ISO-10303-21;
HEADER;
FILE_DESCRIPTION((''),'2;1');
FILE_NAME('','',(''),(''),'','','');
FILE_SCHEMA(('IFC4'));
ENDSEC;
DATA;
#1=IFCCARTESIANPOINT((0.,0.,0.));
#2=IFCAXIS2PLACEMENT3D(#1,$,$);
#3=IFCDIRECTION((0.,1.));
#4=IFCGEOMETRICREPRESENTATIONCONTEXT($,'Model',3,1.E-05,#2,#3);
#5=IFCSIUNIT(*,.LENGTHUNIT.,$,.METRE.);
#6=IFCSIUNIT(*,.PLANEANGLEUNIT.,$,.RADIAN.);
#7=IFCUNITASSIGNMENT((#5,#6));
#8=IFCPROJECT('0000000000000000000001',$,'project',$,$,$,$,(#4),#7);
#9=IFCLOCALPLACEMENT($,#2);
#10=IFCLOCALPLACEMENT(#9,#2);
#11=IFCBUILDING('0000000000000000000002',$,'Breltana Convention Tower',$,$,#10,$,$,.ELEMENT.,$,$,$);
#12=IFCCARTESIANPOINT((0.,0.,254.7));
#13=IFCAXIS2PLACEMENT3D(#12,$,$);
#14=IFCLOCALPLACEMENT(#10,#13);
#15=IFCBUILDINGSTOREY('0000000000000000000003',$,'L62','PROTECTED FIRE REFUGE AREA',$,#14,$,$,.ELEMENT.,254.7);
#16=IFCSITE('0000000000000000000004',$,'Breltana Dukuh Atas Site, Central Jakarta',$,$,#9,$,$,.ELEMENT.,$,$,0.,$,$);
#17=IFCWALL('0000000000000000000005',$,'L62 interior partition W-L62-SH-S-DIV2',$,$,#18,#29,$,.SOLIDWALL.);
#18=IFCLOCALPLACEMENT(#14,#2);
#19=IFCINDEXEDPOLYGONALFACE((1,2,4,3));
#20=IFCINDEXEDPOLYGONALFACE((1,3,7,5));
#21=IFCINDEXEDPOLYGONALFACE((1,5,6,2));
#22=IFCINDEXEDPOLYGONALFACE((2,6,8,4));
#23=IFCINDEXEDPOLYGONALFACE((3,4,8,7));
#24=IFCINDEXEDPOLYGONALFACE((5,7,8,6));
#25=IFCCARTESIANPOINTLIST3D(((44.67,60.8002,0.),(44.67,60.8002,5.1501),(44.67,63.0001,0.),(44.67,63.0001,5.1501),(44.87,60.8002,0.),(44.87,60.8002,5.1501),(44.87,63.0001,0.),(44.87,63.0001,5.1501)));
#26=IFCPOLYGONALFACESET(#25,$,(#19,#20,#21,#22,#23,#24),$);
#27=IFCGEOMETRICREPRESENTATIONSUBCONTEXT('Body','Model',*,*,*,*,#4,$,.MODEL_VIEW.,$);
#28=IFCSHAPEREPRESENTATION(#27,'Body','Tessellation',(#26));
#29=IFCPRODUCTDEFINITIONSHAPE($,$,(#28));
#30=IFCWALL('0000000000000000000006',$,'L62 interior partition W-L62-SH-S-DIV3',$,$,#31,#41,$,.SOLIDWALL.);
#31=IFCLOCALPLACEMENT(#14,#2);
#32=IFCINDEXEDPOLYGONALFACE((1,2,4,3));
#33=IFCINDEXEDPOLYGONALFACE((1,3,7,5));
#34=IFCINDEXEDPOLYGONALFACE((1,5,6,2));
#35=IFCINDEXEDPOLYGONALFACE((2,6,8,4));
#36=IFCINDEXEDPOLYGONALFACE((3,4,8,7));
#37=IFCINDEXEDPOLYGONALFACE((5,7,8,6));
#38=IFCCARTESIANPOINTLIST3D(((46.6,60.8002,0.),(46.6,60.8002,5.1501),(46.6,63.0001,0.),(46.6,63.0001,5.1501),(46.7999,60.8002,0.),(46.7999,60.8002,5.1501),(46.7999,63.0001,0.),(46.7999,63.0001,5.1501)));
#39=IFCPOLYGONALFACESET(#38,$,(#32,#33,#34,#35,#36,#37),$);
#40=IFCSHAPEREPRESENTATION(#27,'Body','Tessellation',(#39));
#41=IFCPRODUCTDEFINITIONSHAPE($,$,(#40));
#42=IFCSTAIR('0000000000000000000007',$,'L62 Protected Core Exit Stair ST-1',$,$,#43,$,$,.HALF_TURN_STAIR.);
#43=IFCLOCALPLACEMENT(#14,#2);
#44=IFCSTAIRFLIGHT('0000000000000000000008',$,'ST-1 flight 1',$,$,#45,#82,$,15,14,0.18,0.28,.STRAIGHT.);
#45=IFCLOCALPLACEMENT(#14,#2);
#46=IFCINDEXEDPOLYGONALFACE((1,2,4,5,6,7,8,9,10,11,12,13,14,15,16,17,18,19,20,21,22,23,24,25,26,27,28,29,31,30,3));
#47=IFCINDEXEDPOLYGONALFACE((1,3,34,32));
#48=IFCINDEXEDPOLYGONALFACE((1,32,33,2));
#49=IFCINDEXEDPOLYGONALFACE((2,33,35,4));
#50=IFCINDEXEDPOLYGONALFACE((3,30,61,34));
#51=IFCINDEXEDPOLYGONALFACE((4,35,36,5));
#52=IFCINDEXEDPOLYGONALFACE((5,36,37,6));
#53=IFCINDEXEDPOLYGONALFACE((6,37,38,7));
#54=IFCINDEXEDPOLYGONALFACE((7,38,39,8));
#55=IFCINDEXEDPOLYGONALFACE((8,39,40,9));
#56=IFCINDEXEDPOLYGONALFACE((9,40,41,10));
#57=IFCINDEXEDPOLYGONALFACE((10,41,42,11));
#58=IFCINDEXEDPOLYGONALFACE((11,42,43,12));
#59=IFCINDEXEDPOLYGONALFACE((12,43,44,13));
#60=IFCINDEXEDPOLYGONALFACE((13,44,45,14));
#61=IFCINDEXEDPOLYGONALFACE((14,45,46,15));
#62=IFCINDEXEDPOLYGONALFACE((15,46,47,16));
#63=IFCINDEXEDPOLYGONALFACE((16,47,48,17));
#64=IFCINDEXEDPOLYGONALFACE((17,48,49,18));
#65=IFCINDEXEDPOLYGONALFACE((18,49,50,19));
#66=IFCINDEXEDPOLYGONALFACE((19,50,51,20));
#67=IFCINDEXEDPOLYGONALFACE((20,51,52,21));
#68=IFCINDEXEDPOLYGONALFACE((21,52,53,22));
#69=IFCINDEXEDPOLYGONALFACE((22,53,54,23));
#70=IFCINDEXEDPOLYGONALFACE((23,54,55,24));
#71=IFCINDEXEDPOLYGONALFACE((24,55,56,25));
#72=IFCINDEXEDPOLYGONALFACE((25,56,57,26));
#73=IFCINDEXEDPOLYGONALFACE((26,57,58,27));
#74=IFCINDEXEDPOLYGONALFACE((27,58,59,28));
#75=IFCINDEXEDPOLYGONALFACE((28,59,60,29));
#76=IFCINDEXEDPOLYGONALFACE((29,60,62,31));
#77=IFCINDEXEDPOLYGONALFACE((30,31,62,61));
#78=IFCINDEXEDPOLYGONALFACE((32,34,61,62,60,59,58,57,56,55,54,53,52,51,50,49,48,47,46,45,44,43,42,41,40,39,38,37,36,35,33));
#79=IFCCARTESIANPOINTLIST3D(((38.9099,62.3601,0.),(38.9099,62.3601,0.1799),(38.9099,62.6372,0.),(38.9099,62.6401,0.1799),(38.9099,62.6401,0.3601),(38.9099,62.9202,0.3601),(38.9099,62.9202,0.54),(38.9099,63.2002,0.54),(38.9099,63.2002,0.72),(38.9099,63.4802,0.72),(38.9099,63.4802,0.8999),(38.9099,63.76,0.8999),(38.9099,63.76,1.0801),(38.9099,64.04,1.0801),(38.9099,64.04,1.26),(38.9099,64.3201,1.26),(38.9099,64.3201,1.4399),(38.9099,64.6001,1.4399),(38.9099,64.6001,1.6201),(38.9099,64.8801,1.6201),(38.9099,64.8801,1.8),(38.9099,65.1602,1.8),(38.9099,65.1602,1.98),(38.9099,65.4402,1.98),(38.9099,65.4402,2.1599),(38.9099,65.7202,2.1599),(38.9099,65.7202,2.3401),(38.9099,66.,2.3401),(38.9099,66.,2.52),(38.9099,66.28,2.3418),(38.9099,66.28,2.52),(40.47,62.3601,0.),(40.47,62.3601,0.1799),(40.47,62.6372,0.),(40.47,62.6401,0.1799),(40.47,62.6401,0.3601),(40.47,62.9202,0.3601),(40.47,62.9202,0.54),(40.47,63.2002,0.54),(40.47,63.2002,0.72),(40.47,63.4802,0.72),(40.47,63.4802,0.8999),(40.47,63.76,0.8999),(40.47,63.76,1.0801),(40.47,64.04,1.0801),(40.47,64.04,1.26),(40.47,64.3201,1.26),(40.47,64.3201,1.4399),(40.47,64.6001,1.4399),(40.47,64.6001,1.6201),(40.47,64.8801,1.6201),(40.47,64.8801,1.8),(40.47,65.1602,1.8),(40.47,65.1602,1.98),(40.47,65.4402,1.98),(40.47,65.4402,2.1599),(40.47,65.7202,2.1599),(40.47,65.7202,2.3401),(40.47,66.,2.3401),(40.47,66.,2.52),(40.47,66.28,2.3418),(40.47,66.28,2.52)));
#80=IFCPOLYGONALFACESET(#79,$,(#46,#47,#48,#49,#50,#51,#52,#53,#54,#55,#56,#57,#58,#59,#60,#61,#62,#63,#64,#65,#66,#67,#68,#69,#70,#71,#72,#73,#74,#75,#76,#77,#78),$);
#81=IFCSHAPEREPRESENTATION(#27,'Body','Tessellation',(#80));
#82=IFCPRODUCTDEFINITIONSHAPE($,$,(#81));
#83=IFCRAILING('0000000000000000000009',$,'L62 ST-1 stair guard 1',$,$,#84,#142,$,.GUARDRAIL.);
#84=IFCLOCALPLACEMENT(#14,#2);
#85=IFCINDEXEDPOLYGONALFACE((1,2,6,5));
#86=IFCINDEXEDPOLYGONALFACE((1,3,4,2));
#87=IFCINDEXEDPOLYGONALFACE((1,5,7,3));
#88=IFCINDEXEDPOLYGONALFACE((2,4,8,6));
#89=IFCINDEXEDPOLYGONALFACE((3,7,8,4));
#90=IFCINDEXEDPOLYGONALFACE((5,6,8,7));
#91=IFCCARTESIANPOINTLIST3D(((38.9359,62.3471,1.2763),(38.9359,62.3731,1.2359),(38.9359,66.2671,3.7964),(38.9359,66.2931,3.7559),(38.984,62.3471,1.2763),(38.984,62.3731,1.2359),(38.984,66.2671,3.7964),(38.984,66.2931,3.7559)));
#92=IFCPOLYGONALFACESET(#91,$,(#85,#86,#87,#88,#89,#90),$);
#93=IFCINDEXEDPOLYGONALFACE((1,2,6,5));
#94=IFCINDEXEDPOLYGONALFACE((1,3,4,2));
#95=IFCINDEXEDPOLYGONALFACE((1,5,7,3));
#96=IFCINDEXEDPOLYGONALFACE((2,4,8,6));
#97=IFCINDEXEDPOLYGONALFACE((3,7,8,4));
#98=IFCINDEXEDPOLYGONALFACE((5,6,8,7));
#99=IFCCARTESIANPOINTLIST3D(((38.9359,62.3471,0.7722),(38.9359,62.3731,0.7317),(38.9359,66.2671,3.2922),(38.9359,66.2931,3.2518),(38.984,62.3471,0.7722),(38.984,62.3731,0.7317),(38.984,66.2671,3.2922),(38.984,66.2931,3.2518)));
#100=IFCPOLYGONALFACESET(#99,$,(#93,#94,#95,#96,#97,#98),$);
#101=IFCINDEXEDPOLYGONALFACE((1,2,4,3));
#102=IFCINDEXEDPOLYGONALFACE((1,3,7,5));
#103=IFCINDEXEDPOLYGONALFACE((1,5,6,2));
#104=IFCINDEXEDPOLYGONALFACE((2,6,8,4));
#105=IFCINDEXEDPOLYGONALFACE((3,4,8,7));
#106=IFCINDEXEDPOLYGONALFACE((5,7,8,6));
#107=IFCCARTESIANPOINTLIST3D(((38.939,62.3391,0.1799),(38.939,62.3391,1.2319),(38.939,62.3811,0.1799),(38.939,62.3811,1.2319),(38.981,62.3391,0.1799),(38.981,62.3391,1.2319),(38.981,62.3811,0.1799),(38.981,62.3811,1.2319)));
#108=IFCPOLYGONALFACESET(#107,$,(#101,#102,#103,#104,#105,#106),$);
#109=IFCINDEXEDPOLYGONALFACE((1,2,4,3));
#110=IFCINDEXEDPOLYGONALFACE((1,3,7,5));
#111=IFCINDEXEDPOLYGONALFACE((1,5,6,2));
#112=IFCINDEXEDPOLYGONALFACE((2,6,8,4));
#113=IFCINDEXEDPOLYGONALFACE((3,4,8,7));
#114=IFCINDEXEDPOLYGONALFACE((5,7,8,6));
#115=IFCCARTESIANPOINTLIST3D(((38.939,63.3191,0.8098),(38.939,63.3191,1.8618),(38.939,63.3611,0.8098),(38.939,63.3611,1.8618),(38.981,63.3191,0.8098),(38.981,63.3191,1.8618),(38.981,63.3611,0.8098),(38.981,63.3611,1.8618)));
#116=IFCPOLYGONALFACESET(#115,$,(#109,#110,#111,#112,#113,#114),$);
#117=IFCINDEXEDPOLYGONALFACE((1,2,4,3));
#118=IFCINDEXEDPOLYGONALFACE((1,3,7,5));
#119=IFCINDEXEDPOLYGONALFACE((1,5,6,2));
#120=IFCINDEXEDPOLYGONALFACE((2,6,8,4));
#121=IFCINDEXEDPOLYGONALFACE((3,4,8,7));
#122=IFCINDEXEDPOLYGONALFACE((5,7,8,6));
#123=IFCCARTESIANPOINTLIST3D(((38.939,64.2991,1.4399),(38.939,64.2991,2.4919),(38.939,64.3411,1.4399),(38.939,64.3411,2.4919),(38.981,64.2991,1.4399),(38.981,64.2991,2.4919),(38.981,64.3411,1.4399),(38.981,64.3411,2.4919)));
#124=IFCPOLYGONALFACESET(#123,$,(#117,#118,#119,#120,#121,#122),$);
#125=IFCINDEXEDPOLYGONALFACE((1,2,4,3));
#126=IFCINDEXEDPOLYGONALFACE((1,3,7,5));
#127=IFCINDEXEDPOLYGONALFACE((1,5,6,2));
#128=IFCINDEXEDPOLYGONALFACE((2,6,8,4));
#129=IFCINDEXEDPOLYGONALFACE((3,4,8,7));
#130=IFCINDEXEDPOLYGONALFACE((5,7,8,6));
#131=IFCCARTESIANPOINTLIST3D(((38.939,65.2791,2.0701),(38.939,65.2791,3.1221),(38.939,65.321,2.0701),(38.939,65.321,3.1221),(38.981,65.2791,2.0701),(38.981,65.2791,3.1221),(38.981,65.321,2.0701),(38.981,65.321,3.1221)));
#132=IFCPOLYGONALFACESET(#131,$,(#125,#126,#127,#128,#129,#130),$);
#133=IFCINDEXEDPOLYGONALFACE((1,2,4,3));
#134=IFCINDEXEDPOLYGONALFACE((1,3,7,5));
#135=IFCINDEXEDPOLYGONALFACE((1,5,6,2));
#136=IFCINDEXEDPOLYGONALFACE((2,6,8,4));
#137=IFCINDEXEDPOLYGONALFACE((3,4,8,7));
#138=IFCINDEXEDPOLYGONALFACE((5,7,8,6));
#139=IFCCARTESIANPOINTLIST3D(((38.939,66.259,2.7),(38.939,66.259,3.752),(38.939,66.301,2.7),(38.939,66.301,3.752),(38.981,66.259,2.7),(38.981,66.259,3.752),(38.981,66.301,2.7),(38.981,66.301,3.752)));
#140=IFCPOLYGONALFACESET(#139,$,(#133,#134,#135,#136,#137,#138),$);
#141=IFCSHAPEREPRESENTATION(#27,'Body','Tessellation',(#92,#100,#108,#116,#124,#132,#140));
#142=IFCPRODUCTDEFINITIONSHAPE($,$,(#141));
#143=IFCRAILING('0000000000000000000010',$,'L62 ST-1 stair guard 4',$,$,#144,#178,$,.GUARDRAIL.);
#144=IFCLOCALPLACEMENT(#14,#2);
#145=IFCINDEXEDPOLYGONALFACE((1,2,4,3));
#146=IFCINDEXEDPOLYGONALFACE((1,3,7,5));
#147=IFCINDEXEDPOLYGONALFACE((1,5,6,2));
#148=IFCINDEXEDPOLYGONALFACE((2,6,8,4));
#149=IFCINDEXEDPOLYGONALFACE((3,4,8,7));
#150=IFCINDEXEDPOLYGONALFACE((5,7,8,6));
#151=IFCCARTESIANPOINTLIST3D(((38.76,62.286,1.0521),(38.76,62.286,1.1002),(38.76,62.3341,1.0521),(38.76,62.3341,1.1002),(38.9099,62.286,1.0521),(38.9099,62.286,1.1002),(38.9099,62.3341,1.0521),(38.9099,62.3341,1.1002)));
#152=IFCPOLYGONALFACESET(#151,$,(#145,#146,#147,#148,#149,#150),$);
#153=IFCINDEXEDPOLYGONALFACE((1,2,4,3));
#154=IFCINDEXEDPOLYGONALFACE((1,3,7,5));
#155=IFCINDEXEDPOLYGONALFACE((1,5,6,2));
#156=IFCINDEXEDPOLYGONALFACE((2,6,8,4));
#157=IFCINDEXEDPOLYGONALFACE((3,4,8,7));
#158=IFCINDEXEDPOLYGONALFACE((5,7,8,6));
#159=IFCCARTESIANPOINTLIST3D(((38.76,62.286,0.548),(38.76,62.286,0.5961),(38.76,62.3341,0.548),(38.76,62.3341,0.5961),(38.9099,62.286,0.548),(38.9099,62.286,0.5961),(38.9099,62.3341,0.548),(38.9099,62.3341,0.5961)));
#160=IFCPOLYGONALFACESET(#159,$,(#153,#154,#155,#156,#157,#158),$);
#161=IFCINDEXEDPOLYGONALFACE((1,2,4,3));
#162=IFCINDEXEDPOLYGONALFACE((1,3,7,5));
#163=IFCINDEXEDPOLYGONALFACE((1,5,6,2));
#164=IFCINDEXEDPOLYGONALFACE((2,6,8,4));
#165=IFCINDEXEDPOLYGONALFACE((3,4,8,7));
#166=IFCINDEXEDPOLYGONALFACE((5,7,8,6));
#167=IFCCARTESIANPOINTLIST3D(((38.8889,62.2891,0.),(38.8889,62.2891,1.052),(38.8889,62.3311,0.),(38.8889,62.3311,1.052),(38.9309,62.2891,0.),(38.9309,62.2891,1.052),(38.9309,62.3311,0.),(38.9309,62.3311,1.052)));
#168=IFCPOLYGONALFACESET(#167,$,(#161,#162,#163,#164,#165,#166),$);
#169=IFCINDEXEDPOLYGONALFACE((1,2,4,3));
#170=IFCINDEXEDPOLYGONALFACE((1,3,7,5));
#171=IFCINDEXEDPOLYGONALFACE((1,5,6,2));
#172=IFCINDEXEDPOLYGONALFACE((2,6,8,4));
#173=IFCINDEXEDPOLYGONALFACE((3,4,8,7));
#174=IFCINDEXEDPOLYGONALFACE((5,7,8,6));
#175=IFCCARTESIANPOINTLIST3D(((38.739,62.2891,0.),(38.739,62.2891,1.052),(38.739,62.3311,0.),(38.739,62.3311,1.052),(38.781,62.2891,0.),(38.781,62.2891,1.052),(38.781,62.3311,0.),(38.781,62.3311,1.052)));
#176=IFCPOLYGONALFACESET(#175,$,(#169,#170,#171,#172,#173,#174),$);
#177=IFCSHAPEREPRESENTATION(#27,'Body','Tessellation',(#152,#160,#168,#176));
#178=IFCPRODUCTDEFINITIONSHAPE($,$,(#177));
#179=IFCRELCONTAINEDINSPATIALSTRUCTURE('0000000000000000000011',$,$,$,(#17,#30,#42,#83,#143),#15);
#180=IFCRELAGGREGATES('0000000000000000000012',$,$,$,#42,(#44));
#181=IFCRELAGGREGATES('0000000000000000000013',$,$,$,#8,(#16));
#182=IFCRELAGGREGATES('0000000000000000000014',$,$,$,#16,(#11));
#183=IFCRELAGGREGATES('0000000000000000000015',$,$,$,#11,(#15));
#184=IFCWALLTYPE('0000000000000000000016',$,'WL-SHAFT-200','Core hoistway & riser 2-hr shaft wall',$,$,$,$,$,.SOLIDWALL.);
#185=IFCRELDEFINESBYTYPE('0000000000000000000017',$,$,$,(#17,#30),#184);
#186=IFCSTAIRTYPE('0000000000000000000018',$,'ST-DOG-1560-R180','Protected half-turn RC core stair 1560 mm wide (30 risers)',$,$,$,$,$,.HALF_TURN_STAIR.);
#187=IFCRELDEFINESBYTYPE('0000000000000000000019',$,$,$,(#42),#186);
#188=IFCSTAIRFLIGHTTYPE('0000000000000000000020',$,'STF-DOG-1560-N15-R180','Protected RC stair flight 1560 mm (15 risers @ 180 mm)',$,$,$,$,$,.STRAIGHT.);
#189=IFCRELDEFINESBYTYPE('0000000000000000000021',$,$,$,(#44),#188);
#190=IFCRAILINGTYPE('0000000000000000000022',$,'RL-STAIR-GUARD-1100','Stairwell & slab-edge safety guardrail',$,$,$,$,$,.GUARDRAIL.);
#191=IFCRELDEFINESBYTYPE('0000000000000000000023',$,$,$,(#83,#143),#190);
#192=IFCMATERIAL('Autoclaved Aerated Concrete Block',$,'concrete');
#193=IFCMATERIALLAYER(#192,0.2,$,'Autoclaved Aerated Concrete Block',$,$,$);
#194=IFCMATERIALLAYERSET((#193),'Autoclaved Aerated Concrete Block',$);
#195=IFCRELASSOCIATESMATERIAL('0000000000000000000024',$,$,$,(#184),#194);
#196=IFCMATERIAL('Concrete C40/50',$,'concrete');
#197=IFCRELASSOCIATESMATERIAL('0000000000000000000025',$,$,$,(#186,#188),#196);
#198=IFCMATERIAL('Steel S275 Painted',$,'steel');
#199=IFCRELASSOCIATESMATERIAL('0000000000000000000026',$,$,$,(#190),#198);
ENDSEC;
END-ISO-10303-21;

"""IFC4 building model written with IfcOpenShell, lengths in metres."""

from ifc_helpers import new_model, si_unit, direction, frame, frame_2d, origin, origin_2d, place, context, subcontext, project, spatial, polyline, rectangle, outline, extrude, source, transform, mapped, material, layer, layer_set, type_object, element, aggregate, save


model = new_model("IFC4")

# Units and contexts
model_context = context("Model", 3, precision=1e-05, world=origin(), true_north=direction((0.0, 1.0)))
body_context = subcontext(model_context, "Body", "Model", "MODEL_VIEW")
ifc_project = project(units=[si_unit("LENGTHUNIT", "METRE"), si_unit("PLANEANGLEUNIT", "RADIAN")], contexts=[model_context])

# Site, building, storey
site_placement = place(None, origin())
site = spatial("IfcSite", under=ifc_project, at=site_placement, Name="Breltana Dukuh Atas Site, Central Jakarta", CompositionType="ELEMENT", RefElevation=0.0)
building_placement = place(site_placement, origin())
building = spatial("IfcBuilding", under=site, at=building_placement, Name="Breltana Convention Tower", CompositionType="ELEMENT")
storey_placement = place(building_placement, frame((0.0, 0.0, 254.7)))
storey = spatial("IfcBuildingStorey", under=building, at=storey_placement, Name="L62", Description="PROTECTED FIRE REFUGE AREA", CompositionType="ELEMENT", Elevation=254.7)

# Shared definitions
ifc_material_1 = material(Name="Autoclaved Aerated Concrete Block", Category="concrete")
ifc_layer_1 = layer(ifc_material_1, 0.2, Name="Autoclaved Aerated Concrete Block")
ifc_layer_set_1 = layer_set([ifc_layer_1], Name="Autoclaved Aerated Concrete Block")
wall_type_1 = type_object("IfcWallType", Name="WL-SHAFT-200", Description="Core hoistway & riser 2-hr shaft wall", PredefinedType="SOLIDWALL", material=ifc_layer_set_1)

# Walls
shared_shape_1 = source(origin(), body_context, "Body", "SweptSolid", [
    extrude(rectangle(XDim=2.2, YDim=0.2, at=frame_2d((1.1001, 0.0))), origin(), (0.0, 0.0, 1.0), 5.1501),
])
for number, where, z_axis, x_axis, name in (
    (1, (44.77, 60.8, 0.0), (0.0, 0.0, 1.0), (0.0, 1.0, 0.0), "L62 interior partition W-L62-SH-S-DIV2"),
    (2, (46.7, 60.8, 0.0), (0.0, 0.0, 1.0), (0.0, 1.0, 0.0), "L62 interior partition W-L62-SH-S-DIV3"),
):
    element("IfcWall", number, at=place(storey_placement, frame(where, z_axis=z_axis, x_axis=x_axis)), inside=storey, type_object=wall_type_1, Name=name, PredefinedType="SOLIDWALL", context=body_context, shape_type="MappedRepresentation", body=[
        mapped(shared_shape_1, transform((0.0, 0.0, 0.0), scale=1.0)),
    ])

# Stair, stair flight
ifc_material_2 = material(Name="Concrete C40/50", Category="concrete")
stair_type = type_object("IfcStairType", Name="ST-DOG-1560-R180", Description="Protected half-turn RC core stair 1560 mm wide (30 risers)", PredefinedType="HALF_TURN_STAIR", material=ifc_material_2)
stair_placement = place(storey_placement, origin())
stair = element("IfcStair", 3, at=stair_placement, inside=storey, type_object=stair_type, Name="L62 Protected Core Exit Stair ST-1", PredefinedType="HALF_TURN_STAIR")
stair_flight_type = type_object("IfcStairFlightType", Name="STF-DOG-1560-N15-R180", Description="Protected RC stair flight 1560 mm (15 risers @ 180 mm)", PredefinedType="STRAIGHT", material=ifc_material_2)
stair_flight_placement = place(storey_placement, frame((39.6899, 62.3601, 0.0), z_axis=(0.0, 0.0, 1.0), x_axis=(0.0, 1.0, 0.0)))
stair_flight = element("IfcStairFlight", 4, at=stair_flight_placement, type_object=stair_flight_type, Name="ST-1 flight 1", NumberOfRisers=15, NumberOfTreads=14, PredefinedType="STRAIGHT", RiserHeight=0.18, TreadLength=0.28, context=body_context, shape_type="SweptSolid", body=[
    extrude(outline(polyline([(0.0, 0.0), (0.0, 0.1799), (0.28, 0.1799), (0.28, 0.3601), (0.5601, 0.3601), (0.5601, 0.54), (0.8401, 0.54), (0.8401, 0.72), (1.1201, 0.72), (1.1201, 0.8999), (1.3999, 0.8999), (1.3999, 1.0801), (1.6799, 1.0801), (1.6799, 1.26), (1.96, 1.26), (1.96, 1.4399), (2.24, 1.4399), (2.24, 1.6201), (2.52, 1.6201), (2.52, 1.8), (2.8, 1.8), (2.8, 1.98), (3.0801, 1.98), (3.0801, 2.1599), (3.3601, 2.1599), (3.3601, 2.3401), (3.6399, 2.3401), (3.6399, 2.52), (3.9199, 2.52), (3.9199, 2.7), (3.9199, 2.3418), (0.2771, 0.0), (0.0, 0.0)])), frame((0.0, 0.78, 0.0), z_axis=(0.0, -1.0, 0.0), x_axis=(1.0, 0.0, 0.0)), (0.0, 0.0, 1.0), 1.5601),
])
aggregate(stair, [stair_flight])

# Railings
ifc_material_3 = material(Name="Steel S275 Painted", Category="steel")
railing_type_1 = type_object("IfcRailingType", Name="RL-STAIR-GUARD-1100", Description="Stairwell & slab-edge safety guardrail", PredefinedType="GUARDRAIL", material=ifc_material_3)
railing_1_placement = place(storey_placement, frame((38.96, 62.3601, 0.1799)))
element("IfcRailing", 5, at=railing_1_placement, inside=storey, type_object=railing_type_1, Name="L62 ST-1 stair guard 1", PredefinedType="GUARDRAIL", context=body_context, shape_type="SweptSolid", body=[
    extrude(rectangle(XDim=0.0481, YDim=0.0481, at=origin_2d()), frame((0.0, 0.0, 1.0762), z_axis=(0.0, 0.841172, 0.540768), x_axis=(-1.0, 0.0, 0.0)), (0.0, 0.0, 1.0), 4.6602),
    extrude(rectangle(XDim=0.0481, YDim=0.0481, at=origin_2d()), frame((0.0, 0.0, 0.572), z_axis=(0.0, 0.841172, 0.540768), x_axis=(-1.0, 0.0, 0.0)), (0.0, 0.0, 1.0), 4.6602),
    extrude(rectangle(XDim=0.042, YDim=0.042, at=origin_2d()), origin(), (0.0, 0.0, 1.0), 1.052),
    extrude(rectangle(XDim=0.042, YDim=0.042, at=origin_2d()), frame((0.0, 0.98, 0.6299)), (0.0, 0.0, 1.0), 1.052),
    extrude(rectangle(XDim=0.042, YDim=0.042, at=origin_2d()), frame((0.0, 1.96, 1.26)), (0.0, 0.0, 1.0), 1.052),
    extrude(rectangle(XDim=0.042, YDim=0.042, at=origin_2d()), frame((0.0, 2.9399, 1.8901)), (0.0, 0.0, 1.0), 1.052),
    extrude(rectangle(XDim=0.042, YDim=0.042, at=origin_2d()), frame((0.0, 3.9199, 2.52)), (0.0, 0.0, 1.0), 1.052),
])
railing_2_placement = place(storey_placement, frame((38.9099, 62.3101, 0.0)))
element("IfcRailing", 6, at=railing_2_placement, inside=storey, type_object=railing_type_1, Name="L62 ST-1 stair guard 4", PredefinedType="GUARDRAIL", context=body_context, shape_type="SweptSolid", body=[
    extrude(rectangle(XDim=0.0481, YDim=0.0481, at=origin_2d()), frame((0.0, 0.0, 1.0762), z_axis=(-1.0, 0.0, 0.0), x_axis=(0.0, -1.0, 0.0)), (0.0, 0.0, 1.0), 0.1499),
    extrude(rectangle(XDim=0.0481, YDim=0.0481, at=origin_2d()), frame((0.0, 0.0, 0.572), z_axis=(-1.0, 0.0, 0.0), x_axis=(0.0, -1.0, 0.0)), (0.0, 0.0, 1.0), 0.1499),
    extrude(rectangle(XDim=0.042, YDim=0.042, at=origin_2d()), origin(), (0.0, 0.0, 1.0), 1.052),
    extrude(rectangle(XDim=0.042, YDim=0.042, at=origin_2d()), frame((-0.1499, 0.0, 0.0)), (0.0, 0.0, 1.0), 1.052),
])

save(model, "model.ifc")
